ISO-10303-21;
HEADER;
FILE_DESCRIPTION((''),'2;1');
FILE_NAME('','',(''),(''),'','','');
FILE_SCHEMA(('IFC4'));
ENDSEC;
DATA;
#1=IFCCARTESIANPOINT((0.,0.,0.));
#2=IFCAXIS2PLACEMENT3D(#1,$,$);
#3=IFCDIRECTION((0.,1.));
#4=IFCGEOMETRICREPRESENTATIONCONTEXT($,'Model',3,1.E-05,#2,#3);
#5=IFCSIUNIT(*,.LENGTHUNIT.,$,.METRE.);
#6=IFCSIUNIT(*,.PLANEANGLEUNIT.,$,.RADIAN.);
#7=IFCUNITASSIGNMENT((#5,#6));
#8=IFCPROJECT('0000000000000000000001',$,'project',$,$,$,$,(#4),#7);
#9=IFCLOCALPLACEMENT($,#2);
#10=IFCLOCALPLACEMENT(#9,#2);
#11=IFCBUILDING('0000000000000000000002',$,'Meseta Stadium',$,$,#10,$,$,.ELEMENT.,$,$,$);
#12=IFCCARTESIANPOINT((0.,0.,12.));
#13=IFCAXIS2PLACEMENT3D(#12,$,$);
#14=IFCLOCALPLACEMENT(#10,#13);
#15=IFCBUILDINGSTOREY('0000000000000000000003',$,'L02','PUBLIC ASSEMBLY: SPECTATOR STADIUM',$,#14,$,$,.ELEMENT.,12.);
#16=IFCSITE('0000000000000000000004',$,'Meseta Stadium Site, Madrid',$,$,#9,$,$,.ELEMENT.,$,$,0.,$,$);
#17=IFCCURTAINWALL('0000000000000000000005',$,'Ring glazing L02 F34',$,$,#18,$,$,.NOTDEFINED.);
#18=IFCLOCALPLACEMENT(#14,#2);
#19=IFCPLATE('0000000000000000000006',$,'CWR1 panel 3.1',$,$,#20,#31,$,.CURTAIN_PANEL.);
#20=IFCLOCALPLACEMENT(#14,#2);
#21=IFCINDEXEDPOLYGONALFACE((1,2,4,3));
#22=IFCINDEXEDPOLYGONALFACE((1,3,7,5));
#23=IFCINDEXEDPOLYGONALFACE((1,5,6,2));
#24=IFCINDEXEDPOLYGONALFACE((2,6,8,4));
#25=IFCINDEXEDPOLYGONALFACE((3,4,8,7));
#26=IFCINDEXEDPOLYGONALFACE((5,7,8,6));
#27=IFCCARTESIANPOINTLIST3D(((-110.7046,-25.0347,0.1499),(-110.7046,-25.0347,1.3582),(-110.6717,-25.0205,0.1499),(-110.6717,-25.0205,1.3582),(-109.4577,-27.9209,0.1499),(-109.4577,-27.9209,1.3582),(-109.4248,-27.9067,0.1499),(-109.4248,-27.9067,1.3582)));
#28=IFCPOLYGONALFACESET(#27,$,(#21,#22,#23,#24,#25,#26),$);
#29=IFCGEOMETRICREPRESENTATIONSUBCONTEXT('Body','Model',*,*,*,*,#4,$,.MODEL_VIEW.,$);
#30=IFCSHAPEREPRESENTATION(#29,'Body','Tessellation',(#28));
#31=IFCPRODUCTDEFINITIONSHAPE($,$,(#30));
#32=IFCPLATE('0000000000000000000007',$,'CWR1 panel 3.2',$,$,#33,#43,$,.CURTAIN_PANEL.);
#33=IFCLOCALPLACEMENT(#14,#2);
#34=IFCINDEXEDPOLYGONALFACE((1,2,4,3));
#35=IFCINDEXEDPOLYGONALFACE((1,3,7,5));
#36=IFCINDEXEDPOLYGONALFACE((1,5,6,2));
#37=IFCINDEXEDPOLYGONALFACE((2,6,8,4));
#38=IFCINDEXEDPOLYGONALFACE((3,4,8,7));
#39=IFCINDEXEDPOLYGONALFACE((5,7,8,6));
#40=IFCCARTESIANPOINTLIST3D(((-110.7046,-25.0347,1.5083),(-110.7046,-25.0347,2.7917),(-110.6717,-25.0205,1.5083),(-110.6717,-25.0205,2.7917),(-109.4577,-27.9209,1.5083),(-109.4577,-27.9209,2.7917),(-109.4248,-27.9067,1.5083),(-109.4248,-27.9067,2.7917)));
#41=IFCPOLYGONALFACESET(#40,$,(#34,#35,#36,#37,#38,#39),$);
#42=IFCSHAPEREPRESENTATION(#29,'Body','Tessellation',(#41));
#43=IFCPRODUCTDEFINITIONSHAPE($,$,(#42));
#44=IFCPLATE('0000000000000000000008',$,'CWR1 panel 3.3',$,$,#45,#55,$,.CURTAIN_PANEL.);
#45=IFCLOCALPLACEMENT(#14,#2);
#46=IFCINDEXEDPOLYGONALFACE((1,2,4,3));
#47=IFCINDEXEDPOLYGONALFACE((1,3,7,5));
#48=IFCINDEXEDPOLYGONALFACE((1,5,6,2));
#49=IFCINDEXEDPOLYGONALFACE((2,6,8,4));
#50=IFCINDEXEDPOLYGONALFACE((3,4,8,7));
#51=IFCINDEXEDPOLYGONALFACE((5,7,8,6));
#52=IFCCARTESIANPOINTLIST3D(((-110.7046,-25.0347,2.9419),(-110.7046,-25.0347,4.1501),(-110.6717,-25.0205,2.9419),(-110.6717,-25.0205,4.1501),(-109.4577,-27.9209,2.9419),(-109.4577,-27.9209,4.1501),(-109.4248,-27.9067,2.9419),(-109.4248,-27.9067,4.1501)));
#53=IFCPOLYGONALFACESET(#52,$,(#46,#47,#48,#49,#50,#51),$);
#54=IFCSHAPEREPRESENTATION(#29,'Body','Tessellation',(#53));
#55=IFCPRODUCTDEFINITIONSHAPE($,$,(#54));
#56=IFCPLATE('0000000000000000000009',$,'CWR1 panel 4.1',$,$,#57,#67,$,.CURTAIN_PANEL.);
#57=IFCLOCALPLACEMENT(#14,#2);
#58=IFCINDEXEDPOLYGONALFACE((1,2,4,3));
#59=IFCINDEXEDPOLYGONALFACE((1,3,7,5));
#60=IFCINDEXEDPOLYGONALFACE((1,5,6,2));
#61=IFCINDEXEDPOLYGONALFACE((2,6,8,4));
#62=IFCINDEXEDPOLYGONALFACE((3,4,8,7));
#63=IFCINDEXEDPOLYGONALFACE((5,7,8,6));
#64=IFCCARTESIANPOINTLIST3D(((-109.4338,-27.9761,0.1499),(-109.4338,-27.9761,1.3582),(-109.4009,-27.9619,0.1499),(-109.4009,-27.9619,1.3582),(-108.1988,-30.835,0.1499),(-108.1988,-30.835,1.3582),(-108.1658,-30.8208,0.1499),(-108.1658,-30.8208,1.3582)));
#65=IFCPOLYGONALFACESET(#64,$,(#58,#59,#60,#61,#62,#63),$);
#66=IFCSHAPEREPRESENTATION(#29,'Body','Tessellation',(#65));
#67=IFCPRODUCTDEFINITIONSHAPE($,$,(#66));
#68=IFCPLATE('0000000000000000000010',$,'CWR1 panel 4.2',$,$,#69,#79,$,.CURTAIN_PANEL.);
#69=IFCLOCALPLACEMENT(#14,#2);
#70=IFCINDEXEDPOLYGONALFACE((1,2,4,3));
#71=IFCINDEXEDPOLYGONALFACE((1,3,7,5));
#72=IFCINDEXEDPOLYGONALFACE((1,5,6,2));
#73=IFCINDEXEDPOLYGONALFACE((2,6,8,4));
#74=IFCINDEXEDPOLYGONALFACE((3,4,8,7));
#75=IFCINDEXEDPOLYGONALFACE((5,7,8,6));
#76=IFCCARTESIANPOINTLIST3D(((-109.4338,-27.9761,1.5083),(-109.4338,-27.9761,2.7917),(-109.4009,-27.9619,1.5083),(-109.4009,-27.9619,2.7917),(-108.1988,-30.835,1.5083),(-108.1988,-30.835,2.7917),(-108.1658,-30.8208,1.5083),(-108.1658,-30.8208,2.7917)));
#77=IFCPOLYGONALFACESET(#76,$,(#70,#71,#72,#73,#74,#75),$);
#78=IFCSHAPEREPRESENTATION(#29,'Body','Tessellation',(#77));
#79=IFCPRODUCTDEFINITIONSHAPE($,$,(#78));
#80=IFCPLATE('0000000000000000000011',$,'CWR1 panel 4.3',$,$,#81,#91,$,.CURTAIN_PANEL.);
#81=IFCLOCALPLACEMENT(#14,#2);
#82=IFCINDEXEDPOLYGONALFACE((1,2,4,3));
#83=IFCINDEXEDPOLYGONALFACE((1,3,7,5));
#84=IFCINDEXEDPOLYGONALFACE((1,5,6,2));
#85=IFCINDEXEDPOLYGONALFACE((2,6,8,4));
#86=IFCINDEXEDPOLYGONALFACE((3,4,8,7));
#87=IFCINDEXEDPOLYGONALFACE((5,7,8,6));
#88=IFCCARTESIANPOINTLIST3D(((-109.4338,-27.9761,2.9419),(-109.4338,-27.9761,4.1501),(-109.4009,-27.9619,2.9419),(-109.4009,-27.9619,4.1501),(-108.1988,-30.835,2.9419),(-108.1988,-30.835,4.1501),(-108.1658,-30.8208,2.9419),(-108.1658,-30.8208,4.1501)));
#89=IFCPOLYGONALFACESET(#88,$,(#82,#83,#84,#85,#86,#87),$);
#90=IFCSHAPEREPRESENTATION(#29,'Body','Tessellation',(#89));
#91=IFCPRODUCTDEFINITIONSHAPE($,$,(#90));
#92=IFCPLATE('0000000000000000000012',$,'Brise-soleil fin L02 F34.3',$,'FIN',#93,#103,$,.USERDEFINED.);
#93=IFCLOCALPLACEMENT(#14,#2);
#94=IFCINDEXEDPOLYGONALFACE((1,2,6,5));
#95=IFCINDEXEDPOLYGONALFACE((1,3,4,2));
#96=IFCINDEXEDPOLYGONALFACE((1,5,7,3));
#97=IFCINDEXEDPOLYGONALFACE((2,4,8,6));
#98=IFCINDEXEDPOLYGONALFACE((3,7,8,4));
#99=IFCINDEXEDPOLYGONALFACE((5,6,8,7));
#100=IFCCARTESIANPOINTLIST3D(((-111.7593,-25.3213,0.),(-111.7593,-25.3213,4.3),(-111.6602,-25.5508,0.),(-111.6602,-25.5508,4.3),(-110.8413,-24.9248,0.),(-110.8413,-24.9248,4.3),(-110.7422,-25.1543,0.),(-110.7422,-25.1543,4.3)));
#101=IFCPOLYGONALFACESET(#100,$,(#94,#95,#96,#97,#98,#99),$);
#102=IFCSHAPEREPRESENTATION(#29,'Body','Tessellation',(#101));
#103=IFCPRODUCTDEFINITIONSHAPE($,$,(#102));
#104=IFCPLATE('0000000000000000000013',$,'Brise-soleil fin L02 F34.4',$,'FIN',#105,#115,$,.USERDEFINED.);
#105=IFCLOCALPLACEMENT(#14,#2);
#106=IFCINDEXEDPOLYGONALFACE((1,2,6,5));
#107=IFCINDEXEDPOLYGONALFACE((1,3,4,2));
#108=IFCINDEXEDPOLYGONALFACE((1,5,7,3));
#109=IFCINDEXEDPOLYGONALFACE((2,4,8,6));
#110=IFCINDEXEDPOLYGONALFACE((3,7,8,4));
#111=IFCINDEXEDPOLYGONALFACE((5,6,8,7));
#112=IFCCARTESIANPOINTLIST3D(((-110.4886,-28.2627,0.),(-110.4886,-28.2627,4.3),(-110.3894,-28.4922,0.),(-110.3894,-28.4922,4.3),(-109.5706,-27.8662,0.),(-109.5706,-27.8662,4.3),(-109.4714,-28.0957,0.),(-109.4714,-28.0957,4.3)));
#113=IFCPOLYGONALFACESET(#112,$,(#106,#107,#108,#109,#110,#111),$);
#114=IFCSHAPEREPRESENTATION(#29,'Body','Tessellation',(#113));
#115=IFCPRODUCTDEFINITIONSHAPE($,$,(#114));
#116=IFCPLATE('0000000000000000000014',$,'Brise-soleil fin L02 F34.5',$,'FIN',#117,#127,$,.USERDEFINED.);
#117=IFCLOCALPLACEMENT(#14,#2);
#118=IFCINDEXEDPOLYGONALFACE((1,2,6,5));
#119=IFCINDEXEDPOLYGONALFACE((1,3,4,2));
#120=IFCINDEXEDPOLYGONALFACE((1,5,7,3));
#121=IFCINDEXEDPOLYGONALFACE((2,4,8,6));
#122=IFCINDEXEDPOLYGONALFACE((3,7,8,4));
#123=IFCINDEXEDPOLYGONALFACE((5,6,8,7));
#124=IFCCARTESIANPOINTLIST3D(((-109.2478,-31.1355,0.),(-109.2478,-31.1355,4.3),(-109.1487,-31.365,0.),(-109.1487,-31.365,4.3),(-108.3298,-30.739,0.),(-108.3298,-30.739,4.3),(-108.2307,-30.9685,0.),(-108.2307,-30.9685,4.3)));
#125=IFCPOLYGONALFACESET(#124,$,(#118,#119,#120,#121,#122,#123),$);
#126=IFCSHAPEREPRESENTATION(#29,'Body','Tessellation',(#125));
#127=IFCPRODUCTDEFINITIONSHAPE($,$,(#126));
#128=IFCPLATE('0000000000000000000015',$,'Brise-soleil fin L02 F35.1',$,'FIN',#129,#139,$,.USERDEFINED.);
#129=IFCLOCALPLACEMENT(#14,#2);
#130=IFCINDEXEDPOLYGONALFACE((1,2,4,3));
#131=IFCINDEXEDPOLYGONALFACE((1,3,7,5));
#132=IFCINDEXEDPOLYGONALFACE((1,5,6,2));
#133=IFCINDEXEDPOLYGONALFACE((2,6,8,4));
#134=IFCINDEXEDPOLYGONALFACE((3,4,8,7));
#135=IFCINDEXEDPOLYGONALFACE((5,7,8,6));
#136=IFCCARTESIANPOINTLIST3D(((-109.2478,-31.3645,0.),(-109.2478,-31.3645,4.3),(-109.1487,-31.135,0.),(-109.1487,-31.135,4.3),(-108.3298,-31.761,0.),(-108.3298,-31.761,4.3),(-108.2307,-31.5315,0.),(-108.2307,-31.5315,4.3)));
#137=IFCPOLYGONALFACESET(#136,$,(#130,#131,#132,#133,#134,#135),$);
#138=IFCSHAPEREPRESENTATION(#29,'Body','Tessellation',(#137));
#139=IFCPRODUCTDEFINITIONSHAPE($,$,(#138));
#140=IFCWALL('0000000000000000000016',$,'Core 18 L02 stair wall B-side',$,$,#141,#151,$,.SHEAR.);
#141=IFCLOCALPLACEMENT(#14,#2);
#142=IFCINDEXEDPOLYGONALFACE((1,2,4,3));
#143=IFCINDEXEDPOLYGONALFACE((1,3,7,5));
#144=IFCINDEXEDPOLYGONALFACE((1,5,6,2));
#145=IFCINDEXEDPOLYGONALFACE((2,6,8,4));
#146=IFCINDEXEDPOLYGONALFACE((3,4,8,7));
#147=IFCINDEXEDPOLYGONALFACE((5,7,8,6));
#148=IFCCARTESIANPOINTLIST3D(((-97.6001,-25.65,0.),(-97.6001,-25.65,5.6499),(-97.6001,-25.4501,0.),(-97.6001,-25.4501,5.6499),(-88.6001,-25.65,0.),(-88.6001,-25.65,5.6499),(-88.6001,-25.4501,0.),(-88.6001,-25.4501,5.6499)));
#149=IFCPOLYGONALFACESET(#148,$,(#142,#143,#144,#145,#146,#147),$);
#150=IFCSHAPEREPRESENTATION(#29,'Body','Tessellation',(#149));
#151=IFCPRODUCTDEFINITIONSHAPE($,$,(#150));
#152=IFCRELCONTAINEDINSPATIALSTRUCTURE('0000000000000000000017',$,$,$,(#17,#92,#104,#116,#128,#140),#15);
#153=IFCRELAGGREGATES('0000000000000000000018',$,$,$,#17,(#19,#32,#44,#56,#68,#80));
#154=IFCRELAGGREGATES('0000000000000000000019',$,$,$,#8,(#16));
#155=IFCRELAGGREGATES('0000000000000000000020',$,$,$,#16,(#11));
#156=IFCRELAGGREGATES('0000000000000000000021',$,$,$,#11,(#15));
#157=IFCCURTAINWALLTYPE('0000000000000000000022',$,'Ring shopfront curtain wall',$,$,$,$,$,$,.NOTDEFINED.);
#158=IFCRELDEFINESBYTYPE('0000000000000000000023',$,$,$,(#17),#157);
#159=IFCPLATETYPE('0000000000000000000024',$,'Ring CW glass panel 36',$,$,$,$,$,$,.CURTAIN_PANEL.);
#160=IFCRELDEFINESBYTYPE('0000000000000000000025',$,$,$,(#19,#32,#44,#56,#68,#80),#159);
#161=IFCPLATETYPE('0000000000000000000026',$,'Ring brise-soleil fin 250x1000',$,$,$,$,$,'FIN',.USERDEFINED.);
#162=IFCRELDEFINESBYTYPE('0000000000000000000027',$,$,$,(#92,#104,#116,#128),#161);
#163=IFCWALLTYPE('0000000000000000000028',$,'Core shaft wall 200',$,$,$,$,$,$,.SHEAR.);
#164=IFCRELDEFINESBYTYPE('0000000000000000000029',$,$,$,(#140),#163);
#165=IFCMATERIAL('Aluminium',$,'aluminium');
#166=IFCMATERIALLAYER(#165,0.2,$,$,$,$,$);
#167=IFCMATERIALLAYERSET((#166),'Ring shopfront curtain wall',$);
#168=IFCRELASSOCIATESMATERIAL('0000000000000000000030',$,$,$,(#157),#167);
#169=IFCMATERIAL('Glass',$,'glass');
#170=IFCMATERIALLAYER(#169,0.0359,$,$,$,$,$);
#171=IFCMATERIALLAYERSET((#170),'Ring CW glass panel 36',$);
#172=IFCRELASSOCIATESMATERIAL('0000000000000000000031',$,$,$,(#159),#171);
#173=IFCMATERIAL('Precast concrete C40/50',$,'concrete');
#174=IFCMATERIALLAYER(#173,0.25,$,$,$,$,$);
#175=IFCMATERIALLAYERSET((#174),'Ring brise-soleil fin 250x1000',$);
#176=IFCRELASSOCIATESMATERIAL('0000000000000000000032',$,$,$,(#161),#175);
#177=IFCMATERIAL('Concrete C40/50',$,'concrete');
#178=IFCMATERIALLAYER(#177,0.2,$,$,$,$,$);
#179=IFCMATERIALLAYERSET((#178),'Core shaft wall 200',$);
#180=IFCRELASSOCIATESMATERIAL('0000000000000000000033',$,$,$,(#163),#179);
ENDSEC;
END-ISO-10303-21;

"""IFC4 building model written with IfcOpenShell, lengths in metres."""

from ifc_helpers import new_model, si_unit, direction, frame, frame_2d, origin, origin_2d, place, context, subcontext, project, spatial, rectangle, extrude, material, layer, layer_set, type_object, element, aggregate, save


model = new_model("IFC4")

# Units and contexts
model_context = context("Model", 3, precision=1e-05, world=origin(), true_north=direction((0.0, 1.0)))
body_context = subcontext(model_context, "Body", "Model", "MODEL_VIEW")
ifc_project = project(units=[si_unit("LENGTHUNIT", "METRE"), si_unit("PLANEANGLEUNIT", "RADIAN")], contexts=[model_context])

# Site, building, storey
site_placement = place(None, origin())
site = spatial("IfcSite", under=ifc_project, at=site_placement, Name="Meseta Stadium Site, Madrid", CompositionType="ELEMENT", RefElevation=0.0)
building_placement = place(site_placement, origin())
building = spatial("IfcBuilding", under=site, at=building_placement, Name="Meseta Stadium", CompositionType="ELEMENT")
storey_placement = place(building_placement, frame((0.0, 0.0, 12.0)))
storey = spatial("IfcBuildingStorey", under=building, at=storey_placement, Name="L02", Description="PUBLIC ASSEMBLY: SPECTATOR STADIUM", CompositionType="ELEMENT", Elevation=12.0)

# Curtain wall
ifc_material_1 = material(Name="Aluminium", Category="aluminium")
ifc_layer_1 = layer(ifc_material_1, 0.2)
ifc_layer_set_1 = layer_set([ifc_layer_1], Name="Ring shopfront curtain wall")
curtain_wall_type = type_object("IfcCurtainWallType", Name="Ring shopfront curtain wall", PredefinedType="NOTDEFINED", material=ifc_layer_set_1)
curtain_wall_1_placement = place(storey_placement, origin())
curtain_wall_1 = element("IfcCurtainWall", 1, at=curtain_wall_1_placement, inside=storey, type_object=curtain_wall_type, Name="Ring glazing L02 F34", PredefinedType="NOTDEFINED")

# Plates
ifc_material_2 = material(Name="Glass", Category="glass")
ifc_layer_2 = layer(ifc_material_2, 0.0359)
ifc_layer_set_2 = layer_set([ifc_layer_2], Name="Ring CW glass panel 36")
plate_type_1 = type_object("IfcPlateType", Name="Ring CW glass panel 36", PredefinedType="CURTAIN_PANEL", material=ifc_layer_set_2)
plate_1_placement = place(storey_placement, frame((-110.0647, -26.4707, 0.1499), z_axis=(0.0, 0.0, 1.0), x_axis=(0.396581, -0.918, 0.0)))
plate_1 = element("IfcPlate", 2, at=plate_1_placement, type_object=plate_type_1, Name="CWR1 panel 3.1", PredefinedType="CURTAIN_PANEL", context=body_context, shape_type="SweptSolid", body=[
    extrude(rectangle(XDim=3.144, YDim=0.0359, at=origin_2d()), origin(), (0.0, 0.0, 1.0), 1.2083),
])
plate_2_placement = place(storey_placement, frame((-110.0647, -26.4707, 1.5083), z_axis=(0.0, 0.0, 1.0), x_axis=(0.396581, -0.918, 0.0)))
plate_2 = element("IfcPlate", 3, at=plate_2_placement, type_object=plate_type_1, Name="CWR1 panel 3.2", PredefinedType="CURTAIN_PANEL", context=body_context, shape_type="SweptSolid", body=[
    extrude(rectangle(XDim=3.144, YDim=0.0359, at=origin_2d()), origin(), (0.0, 0.0, 1.0), 1.2834),
])
plate_3_placement = place(storey_placement, frame((-110.0647, -26.4707, 2.9419), z_axis=(0.0, 0.0, 1.0), x_axis=(0.396581, -0.918, 0.0)))
plate_3 = element("IfcPlate", 4, at=plate_3_placement, type_object=plate_type_1, Name="CWR1 panel 3.3", PredefinedType="CURTAIN_PANEL", context=body_context, shape_type="SweptSolid", body=[
    extrude(rectangle(XDim=3.144, YDim=0.0359, at=origin_2d()), origin(), (0.0, 0.0, 1.0), 1.2083),
])
plate_4_placement = place(storey_placement, frame((-108.7998, -29.3984, 0.1499), z_axis=(0.0, 0.0, 1.0), x_axis=(0.396581, -0.918, 0.0)))
plate_4 = element("IfcPlate", 5, at=plate_4_placement, type_object=plate_type_1, Name="CWR1 panel 4.1", PredefinedType="CURTAIN_PANEL", context=body_context, shape_type="SweptSolid", body=[
    extrude(rectangle(XDim=3.1143, YDim=0.0359, at=origin_2d()), origin(), (0.0, 0.0, 1.0), 1.2083),
])
plate_5_placement = place(storey_placement, frame((-108.7998, -29.3984, 1.5083), z_axis=(0.0, 0.0, 1.0), x_axis=(0.396581, -0.918, 0.0)))
plate_5 = element("IfcPlate", 6, at=plate_5_placement, type_object=plate_type_1, Name="CWR1 panel 4.2", PredefinedType="CURTAIN_PANEL", context=body_context, shape_type="SweptSolid", body=[
    extrude(rectangle(XDim=3.1143, YDim=0.0359, at=origin_2d()), origin(), (0.0, 0.0, 1.0), 1.2834),
])
plate_6_placement = place(storey_placement, frame((-108.7998, -29.3984, 2.9419), z_axis=(0.0, 0.0, 1.0), x_axis=(0.396581, -0.918, 0.0)))
plate_6 = element("IfcPlate", 7, at=plate_6_placement, type_object=plate_type_1, Name="CWR1 panel 4.3", PredefinedType="CURTAIN_PANEL", context=body_context, shape_type="SweptSolid", body=[
    extrude(rectangle(XDim=3.1143, YDim=0.0359, at=origin_2d()), origin(), (0.0, 0.0, 1.0), 1.2083),
])
aggregate(curtain_wall_1, [plate_1, plate_2, plate_3, plate_4, plate_5, plate_6])

# Plates
ifc_material_3 = material(Name="Precast concrete C40/50", Category="concrete")
ifc_layer_3 = layer(ifc_material_3, 0.25)
ifc_layer_set_3 = layer_set([ifc_layer_3], Name="Ring brise-soleil fin 250x1000")
plate_type_2 = type_object("IfcPlateType", Name="Ring brise-soleil fin 250x1000", ElementType="FIN", PredefinedType="USERDEFINED", material=ifc_layer_set_3)
for number, where, z_axis, x_axis, name in (
    (8, (-111.2507, -25.2378, 0.0), (0.0, 0.0, 1.0), (0.396576, -0.918002, 0.0), "Brise-soleil fin L02 F34.3"),
    (9, (-109.98, -28.1792, 0.0), (0.0, 0.0, 1.0), (0.396576, -0.918002, 0.0), "Brise-soleil fin L02 F34.4"),
    (10, (-108.7393, -31.052, 0.0), (0.0, 0.0, 1.0), (0.396576, -0.918002, 0.0), "Brise-soleil fin L02 F34.5"),
    (11, (-108.7393, -31.448, 0.0), (0.0, 0.0, 1.0), (-0.396576, -0.918002, 0.0), "Brise-soleil fin L02 F35.1"),
):
    element("IfcPlate", number, at=place(storey_placement, frame(where, z_axis=z_axis, x_axis=x_axis)), inside=storey, type_object=plate_type_2, Name=name, ObjectType="FIN", PredefinedType="USERDEFINED", context=body_context, shape_type="SweptSolid", body=[
        extrude(rectangle(XDim=0.25, YDim=1.0, at=origin_2d()), origin(), (0.0, 0.0, 1.0), 4.3),
    ])

# Wall
ifc_material_4 = material(Name="Concrete C40/50", Category="concrete")
ifc_layer_4 = layer(ifc_material_4, 0.2)
ifc_layer_set_4 = layer_set([ifc_layer_4], Name="Core shaft wall 200")
wall_type = type_object("IfcWallType", Name="Core shaft wall 200", PredefinedType="SHEAR", material=ifc_layer_set_4)
wall_placement = place(storey_placement, frame((-97.6001, -25.55, 0.0), z_axis=(0.0, 0.0, 1.0), x_axis=(1.0, 0.0, 0.0)))
element("IfcWall", 12, at=wall_placement, inside=storey, type_object=wall_type, Name="Core 18 L02 stair wall B-side", PredefinedType="SHEAR", context=body_context, shape_type="SweptSolid", body=[
    extrude(rectangle(XDim=9.0, YDim=0.2, at=frame_2d((4.5, 0.0))), origin(), (0.0, 0.0, 1.0), 5.6499),
])

save(model, "model.ifc")
